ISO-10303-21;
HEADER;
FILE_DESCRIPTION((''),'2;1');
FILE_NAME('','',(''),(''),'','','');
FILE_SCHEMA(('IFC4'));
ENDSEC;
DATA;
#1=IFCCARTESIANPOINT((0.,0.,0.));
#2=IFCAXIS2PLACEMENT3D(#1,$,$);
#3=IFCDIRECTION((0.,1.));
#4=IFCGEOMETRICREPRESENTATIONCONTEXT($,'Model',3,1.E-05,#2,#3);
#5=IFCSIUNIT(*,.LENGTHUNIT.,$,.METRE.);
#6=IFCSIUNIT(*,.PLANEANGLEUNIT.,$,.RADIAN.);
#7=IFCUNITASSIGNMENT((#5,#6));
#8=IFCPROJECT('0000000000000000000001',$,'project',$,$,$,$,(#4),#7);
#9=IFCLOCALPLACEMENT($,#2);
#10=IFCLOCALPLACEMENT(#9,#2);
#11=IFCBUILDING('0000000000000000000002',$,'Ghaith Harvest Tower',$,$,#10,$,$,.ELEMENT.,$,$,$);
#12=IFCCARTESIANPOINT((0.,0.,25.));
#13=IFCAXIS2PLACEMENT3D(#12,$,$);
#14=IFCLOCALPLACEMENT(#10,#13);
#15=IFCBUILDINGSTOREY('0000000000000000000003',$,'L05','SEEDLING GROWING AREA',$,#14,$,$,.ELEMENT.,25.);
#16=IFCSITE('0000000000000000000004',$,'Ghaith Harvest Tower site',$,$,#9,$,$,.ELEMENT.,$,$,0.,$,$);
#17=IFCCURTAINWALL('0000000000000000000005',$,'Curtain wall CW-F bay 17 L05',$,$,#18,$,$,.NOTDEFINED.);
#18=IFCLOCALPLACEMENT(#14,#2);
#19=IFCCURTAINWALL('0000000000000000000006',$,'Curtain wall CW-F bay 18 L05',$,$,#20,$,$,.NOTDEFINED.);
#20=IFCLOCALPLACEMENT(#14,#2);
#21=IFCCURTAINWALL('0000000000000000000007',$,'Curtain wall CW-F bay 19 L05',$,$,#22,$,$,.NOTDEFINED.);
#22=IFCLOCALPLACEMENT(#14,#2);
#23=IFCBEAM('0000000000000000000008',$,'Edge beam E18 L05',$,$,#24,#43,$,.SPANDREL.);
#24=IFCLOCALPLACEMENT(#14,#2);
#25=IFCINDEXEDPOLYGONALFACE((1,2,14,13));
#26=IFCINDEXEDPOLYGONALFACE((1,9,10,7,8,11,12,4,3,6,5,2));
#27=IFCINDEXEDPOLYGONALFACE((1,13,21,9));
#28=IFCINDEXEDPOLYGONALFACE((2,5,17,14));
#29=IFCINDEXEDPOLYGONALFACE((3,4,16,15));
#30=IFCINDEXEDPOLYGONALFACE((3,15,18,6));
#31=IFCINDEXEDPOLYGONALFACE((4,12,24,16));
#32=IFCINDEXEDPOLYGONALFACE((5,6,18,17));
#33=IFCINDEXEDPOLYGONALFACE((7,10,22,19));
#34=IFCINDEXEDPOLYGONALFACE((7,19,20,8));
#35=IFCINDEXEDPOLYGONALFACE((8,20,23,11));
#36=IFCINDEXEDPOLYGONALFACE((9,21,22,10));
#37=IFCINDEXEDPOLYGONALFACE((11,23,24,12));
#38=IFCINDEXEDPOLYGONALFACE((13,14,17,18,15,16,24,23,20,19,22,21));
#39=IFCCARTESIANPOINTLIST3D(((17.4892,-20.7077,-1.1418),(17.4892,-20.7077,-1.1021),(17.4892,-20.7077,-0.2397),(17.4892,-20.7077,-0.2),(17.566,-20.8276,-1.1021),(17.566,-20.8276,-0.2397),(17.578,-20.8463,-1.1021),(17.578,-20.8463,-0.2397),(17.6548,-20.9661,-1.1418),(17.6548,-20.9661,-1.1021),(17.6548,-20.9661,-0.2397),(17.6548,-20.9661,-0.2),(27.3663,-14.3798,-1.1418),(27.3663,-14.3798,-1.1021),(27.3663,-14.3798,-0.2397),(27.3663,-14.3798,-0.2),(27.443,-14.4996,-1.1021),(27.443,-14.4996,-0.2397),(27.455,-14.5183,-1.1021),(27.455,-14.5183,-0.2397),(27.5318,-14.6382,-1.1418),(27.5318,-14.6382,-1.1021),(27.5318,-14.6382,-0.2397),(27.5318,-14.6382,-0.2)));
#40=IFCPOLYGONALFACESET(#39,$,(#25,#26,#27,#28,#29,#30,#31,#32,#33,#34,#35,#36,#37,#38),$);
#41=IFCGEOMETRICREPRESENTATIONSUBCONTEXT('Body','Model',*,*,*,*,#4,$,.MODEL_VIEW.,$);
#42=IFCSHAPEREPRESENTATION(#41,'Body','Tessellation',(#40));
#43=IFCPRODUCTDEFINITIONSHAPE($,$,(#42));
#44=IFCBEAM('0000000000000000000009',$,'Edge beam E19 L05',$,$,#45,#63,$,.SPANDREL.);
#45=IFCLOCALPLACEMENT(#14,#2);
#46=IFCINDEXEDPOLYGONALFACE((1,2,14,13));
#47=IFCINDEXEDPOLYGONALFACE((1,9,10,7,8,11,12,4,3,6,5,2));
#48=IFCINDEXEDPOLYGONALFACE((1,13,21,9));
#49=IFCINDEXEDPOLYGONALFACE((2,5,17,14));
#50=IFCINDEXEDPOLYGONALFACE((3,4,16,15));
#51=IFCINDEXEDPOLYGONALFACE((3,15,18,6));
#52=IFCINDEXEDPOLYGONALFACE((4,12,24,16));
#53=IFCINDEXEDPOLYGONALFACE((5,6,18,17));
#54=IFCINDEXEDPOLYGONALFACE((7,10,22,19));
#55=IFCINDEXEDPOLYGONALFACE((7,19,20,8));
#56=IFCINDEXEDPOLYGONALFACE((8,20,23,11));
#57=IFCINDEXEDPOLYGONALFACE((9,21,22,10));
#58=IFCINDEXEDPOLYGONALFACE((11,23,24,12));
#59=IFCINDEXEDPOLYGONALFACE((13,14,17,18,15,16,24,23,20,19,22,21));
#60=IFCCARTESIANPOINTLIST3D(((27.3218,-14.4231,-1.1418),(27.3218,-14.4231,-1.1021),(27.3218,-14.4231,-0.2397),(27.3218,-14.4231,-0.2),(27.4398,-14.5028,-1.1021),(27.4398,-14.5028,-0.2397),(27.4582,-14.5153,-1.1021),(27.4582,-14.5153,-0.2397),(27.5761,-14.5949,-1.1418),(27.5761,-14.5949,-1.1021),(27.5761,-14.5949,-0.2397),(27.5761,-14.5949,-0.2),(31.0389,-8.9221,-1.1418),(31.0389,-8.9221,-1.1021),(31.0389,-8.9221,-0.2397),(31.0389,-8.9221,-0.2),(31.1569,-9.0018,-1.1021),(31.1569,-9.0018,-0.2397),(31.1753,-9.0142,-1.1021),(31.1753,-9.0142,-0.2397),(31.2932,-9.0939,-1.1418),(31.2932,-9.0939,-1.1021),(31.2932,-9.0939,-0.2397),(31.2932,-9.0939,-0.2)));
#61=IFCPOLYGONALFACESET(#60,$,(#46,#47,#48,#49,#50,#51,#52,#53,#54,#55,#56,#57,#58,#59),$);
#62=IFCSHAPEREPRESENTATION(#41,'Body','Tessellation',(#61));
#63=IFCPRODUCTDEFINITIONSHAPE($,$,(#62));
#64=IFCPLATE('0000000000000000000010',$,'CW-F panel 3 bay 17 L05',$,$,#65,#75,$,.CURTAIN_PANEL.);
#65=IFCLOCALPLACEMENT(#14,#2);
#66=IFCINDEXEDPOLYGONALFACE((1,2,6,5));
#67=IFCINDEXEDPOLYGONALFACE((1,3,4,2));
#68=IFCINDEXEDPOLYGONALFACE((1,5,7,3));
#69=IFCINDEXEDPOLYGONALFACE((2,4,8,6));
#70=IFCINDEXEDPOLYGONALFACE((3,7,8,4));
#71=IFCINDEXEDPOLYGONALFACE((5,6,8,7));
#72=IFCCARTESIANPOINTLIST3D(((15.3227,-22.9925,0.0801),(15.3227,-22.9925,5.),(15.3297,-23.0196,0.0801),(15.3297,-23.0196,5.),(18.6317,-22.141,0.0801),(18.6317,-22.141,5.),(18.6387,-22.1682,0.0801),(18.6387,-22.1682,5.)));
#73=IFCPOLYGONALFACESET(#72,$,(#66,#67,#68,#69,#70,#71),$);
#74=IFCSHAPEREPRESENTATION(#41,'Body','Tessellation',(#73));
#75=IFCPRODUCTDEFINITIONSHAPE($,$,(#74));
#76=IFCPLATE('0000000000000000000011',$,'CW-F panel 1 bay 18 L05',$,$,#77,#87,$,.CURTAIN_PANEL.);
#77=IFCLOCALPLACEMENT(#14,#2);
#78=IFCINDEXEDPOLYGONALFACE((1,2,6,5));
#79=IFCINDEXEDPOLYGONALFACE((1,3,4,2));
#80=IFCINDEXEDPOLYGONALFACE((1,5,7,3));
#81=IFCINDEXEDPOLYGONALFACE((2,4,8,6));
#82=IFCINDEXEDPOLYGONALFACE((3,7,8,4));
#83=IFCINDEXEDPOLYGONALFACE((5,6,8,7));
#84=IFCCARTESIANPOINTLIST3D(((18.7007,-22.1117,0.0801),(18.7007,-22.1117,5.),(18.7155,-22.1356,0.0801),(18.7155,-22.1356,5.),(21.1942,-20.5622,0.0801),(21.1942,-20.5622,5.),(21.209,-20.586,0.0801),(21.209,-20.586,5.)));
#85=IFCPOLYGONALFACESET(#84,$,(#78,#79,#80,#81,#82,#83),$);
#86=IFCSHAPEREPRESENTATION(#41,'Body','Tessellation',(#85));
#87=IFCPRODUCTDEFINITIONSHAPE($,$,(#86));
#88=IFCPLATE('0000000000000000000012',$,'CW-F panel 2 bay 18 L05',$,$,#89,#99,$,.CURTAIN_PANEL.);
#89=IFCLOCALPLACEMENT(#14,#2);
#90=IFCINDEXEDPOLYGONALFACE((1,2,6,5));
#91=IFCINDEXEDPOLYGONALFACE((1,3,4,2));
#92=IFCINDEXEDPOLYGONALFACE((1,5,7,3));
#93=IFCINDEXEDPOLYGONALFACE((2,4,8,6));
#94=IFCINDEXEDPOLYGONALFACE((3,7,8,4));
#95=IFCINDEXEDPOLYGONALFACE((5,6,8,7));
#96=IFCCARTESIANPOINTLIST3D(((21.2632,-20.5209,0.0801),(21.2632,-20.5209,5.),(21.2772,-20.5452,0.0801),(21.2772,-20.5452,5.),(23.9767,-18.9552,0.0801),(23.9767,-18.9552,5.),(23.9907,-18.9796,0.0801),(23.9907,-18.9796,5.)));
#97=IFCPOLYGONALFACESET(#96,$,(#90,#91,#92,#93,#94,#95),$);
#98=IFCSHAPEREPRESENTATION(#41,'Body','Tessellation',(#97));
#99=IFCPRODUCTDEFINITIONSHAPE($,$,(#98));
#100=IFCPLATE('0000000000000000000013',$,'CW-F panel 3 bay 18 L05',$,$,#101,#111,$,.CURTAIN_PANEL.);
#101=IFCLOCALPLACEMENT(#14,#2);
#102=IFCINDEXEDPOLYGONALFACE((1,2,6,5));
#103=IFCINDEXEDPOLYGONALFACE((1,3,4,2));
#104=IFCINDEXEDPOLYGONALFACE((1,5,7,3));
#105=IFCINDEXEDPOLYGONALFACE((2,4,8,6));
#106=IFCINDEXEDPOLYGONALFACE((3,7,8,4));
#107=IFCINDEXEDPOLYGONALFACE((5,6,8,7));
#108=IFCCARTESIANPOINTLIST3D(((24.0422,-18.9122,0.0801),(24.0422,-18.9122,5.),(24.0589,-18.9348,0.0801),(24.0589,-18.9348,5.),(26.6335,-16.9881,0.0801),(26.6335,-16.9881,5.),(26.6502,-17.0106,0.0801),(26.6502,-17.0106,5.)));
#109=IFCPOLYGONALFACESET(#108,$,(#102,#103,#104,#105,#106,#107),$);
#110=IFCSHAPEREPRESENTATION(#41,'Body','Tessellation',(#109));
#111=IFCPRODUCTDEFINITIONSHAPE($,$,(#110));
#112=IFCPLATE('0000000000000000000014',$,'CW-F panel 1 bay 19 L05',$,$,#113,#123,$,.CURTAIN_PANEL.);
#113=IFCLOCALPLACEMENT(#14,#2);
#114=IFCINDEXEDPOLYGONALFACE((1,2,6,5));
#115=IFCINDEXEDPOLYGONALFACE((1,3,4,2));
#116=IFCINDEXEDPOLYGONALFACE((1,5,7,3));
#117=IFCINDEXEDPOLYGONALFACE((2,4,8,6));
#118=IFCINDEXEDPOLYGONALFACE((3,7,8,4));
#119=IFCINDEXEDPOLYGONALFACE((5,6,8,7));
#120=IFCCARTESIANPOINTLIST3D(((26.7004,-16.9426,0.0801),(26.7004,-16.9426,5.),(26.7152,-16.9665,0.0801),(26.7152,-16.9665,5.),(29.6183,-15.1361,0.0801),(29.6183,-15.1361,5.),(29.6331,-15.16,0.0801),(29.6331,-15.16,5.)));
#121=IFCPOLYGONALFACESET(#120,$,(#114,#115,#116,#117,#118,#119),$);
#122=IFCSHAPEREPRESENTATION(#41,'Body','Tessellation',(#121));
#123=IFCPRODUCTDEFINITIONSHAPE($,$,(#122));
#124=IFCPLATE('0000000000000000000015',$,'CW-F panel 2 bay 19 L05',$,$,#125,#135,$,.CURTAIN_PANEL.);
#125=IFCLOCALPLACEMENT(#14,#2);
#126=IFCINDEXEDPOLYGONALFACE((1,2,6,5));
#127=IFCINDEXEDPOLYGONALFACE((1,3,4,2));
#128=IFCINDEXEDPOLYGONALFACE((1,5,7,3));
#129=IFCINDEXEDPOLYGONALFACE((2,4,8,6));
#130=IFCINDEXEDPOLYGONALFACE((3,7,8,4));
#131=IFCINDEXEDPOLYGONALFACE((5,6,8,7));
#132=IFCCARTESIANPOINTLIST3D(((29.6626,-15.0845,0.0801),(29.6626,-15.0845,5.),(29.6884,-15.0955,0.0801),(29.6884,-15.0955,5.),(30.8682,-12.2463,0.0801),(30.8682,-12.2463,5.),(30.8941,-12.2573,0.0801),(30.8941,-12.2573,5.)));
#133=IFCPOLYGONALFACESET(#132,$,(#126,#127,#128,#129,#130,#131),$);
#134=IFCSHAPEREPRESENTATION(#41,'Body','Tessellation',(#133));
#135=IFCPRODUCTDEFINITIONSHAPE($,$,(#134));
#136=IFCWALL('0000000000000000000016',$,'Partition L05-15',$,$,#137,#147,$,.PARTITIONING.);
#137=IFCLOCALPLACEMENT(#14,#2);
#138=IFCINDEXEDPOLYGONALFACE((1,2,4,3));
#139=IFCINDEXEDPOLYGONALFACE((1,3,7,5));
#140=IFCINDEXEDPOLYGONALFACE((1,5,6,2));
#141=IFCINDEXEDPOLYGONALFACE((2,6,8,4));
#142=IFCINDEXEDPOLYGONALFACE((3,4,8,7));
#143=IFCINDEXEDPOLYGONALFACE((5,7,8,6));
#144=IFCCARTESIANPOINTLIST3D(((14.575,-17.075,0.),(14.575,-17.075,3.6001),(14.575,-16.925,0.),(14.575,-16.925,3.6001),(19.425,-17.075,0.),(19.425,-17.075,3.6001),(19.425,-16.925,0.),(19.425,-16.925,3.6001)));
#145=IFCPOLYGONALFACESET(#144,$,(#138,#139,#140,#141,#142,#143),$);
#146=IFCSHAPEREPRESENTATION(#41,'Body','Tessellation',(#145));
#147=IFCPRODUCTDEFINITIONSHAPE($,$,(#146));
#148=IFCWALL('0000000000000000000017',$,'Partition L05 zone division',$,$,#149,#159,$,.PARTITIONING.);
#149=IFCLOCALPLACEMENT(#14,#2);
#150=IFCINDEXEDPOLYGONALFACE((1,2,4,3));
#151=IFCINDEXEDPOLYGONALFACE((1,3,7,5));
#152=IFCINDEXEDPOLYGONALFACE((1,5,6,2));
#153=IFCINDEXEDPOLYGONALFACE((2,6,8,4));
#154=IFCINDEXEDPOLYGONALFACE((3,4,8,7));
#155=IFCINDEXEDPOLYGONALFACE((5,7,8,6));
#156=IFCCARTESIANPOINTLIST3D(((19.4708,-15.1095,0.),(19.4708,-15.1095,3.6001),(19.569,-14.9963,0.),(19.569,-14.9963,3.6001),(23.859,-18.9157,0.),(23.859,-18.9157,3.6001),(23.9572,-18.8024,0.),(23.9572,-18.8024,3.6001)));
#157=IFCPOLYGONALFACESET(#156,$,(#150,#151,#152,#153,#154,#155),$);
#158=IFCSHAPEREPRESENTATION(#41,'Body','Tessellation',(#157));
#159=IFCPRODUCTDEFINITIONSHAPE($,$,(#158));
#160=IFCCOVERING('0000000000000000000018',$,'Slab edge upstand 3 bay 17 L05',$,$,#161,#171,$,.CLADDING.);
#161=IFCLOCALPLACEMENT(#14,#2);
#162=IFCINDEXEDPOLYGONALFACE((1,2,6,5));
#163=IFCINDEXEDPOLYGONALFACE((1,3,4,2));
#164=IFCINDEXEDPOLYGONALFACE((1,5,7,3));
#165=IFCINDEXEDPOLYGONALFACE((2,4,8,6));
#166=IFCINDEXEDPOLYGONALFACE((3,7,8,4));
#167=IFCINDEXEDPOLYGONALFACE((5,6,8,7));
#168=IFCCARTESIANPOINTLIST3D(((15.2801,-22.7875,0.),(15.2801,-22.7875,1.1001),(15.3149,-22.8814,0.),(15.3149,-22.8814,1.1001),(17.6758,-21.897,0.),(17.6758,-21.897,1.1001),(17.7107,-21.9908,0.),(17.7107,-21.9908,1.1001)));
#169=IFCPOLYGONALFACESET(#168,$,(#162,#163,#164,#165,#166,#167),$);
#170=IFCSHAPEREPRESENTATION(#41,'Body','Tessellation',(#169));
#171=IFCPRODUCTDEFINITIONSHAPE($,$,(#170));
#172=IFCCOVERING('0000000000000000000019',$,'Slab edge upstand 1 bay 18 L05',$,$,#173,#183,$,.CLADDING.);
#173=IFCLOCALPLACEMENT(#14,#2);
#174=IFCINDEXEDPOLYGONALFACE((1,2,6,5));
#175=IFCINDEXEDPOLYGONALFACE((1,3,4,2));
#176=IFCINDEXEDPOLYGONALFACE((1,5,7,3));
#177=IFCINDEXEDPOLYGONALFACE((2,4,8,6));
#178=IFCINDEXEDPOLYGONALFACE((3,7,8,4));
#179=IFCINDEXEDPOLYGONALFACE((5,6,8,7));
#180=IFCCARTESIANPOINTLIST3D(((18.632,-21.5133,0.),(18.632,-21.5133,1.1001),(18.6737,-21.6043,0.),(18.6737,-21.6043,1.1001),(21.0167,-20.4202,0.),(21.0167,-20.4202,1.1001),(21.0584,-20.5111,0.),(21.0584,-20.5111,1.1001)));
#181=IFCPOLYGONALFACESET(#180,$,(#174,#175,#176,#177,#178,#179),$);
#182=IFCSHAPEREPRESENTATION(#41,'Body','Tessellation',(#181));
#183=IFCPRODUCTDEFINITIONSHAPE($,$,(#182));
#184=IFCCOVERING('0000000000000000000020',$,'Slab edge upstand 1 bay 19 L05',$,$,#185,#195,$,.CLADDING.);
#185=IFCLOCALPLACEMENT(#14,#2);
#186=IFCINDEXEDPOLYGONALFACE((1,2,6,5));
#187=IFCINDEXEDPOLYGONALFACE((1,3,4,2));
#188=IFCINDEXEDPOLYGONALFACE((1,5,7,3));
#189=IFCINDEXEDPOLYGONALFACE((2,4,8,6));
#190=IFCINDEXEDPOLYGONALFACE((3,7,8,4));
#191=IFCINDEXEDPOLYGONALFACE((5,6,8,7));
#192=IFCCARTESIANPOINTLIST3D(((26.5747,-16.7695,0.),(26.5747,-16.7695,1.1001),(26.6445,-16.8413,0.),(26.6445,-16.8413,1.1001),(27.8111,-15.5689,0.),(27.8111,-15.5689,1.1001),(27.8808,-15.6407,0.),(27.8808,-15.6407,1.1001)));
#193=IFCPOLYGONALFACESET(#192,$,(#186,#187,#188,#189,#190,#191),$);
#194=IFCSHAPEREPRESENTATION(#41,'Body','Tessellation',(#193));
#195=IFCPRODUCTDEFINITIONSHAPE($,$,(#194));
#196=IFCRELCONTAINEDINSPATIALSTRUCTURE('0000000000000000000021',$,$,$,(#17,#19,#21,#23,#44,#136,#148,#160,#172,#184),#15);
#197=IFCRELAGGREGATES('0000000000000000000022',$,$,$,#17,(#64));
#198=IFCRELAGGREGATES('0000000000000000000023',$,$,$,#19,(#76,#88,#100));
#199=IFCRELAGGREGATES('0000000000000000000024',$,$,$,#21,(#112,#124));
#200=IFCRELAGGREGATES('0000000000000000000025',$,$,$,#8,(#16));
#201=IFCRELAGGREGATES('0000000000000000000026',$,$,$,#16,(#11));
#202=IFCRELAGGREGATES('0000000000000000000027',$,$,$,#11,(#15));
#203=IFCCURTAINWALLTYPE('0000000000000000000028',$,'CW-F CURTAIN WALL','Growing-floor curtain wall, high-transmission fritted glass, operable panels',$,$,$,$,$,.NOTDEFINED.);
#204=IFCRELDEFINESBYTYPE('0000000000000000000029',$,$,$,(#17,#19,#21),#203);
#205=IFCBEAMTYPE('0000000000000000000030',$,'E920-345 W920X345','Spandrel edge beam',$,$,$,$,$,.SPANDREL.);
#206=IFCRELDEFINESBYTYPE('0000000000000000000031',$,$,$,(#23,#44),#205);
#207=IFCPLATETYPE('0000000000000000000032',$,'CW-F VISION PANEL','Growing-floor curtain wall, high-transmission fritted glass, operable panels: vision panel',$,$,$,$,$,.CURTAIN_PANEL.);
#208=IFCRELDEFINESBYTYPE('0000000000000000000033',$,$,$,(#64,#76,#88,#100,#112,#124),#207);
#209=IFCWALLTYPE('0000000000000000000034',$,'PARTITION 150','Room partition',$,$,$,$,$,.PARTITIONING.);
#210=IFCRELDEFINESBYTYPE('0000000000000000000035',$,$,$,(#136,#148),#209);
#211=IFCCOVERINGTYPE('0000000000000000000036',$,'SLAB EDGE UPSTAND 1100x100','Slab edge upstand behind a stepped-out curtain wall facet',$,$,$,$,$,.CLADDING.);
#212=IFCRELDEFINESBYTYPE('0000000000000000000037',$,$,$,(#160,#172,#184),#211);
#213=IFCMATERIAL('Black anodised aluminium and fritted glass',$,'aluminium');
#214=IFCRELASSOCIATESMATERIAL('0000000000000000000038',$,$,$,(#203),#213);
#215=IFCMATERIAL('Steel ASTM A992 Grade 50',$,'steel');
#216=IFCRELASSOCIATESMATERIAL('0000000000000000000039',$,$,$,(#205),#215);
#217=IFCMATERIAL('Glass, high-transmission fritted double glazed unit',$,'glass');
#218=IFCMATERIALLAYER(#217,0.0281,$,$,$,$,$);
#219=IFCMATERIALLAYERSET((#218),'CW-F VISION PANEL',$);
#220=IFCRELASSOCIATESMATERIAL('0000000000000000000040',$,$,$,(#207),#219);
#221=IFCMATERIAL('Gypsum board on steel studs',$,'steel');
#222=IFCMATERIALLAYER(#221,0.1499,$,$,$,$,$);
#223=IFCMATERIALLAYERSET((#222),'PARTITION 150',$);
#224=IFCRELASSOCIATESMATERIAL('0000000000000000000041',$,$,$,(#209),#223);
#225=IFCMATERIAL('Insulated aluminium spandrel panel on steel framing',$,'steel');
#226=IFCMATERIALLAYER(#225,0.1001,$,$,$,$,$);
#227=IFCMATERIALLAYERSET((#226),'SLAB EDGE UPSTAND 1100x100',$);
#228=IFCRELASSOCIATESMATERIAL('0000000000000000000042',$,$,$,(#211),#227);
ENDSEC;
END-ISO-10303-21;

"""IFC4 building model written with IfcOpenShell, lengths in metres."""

from ifc_helpers import new_model, si_unit, direction, frame, frame_2d, origin, origin_2d, place, context, subcontext, project, spatial, rectangle, i_section, extrude, material, layer, layer_set, material_profile, profile_set, type_object, element, aggregate, save


model = new_model("IFC4")

# Units and contexts
model_context = context("Model", 3, precision=1e-05, world=origin(), true_north=direction((0.0, 1.0)))
body_context = subcontext(model_context, "Body", "Model", "MODEL_VIEW")
ifc_project = project(units=[si_unit("LENGTHUNIT", "METRE"), si_unit("PLANEANGLEUNIT", "RADIAN")], contexts=[model_context])

# Site, building, storey
site_placement = place(None, origin())
site = spatial("IfcSite", under=ifc_project, at=site_placement, Name="Ghaith Harvest Tower site", CompositionType="ELEMENT", RefElevation=0.0)
building_placement = place(site_placement, origin())
building = spatial("IfcBuilding", under=site, at=building_placement, Name="Ghaith Harvest Tower", CompositionType="ELEMENT")
storey_placement = place(building_placement, frame((0.0, 0.0, 25.0)))
storey = spatial("IfcBuildingStorey", under=building, at=storey_placement, Name="L05", Description="SEEDLING GROWING AREA", CompositionType="ELEMENT", Elevation=25.0)

# Curtain wall
ifc_material_1 = material(Name="Black anodised aluminium and fritted glass", Category="aluminium")
curtain_wall_type = type_object("IfcCurtainWallType", Name="CW-F CURTAIN WALL", Description="Growing-floor curtain wall, high-transmission fritted glass, operable panels", PredefinedType="NOTDEFINED", material=ifc_material_1)
curtain_wall_1_placement = place(storey_placement, origin())
curtain_wall_1 = element("IfcCurtainWall", 1, at=curtain_wall_1_placement, inside=storey, type_object=curtain_wall_type, Name="Curtain wall CW-F bay 17 L05", PredefinedType="NOTDEFINED")

# Curtain walls
curtain_wall_2_placement = place(storey_placement, origin())
curtain_wall_2 = element("IfcCurtainWall", 2, at=curtain_wall_2_placement, inside=storey, type_object=curtain_wall_type, Name="Curtain wall CW-F bay 18 L05", PredefinedType="NOTDEFINED")
curtain_wall_3_placement = place(storey_placement, origin())
curtain_wall_3 = element("IfcCurtainWall", 3, at=curtain_wall_3_placement, inside=storey, type_object=curtain_wall_type, Name="Curtain wall CW-F bay 19 L05", PredefinedType="NOTDEFINED")

# Beams
ifc_material_2 = material(Name="Steel ASTM A992 Grade 50", Category="steel")
ifc_material_profile_1 = material_profile(ifc_material_2, i_section(OverallWidth=0.3069, OverallDepth=0.9419, WebThickness=0.0222, FlangeThickness=0.0398, at=origin_2d()), Name="W920X345")
ifc_profile_set_1 = profile_set([ifc_material_profile_1], Name="Steel ASTM A992 Grade 50")
beam_type = type_object("IfcBeamType", Name="E920-345 W920X345", Description="Spandrel edge beam", PredefinedType="SPANDREL", material=ifc_profile_set_1)
beam_1_placement = place(storey_placement, frame((17.572, -20.8369, -0.6709), z_axis=(0.842015, 0.539455, 0.0), x_axis=(-0.539455, 0.842015, 0.0)))
element("IfcBeam", 4, at=beam_1_placement, inside=storey, type_object=beam_type, Name="Edge beam E18 L05", PredefinedType="SPANDREL", context=body_context, shape_type="SweptSolid", body=[
    extrude(i_section(OverallWidth=0.3069, OverallDepth=0.9419, WebThickness=0.0222, FlangeThickness=0.0398, at=origin_2d()), origin(), (0.0, 0.0, 1.0), 11.7302),
])
beam_2_placement = place(storey_placement, frame((27.449, -14.509, -0.6709), z_axis=(0.559874, 0.828577, 0.0), x_axis=(-0.828577, 0.559874, 0.0)))
element("IfcBeam", 5, at=beam_2_placement, inside=storey, type_object=beam_type, Name="Edge beam E19 L05", PredefinedType="SPANDREL", context=body_context, shape_type="SweptSolid", body=[
    extrude(i_section(OverallWidth=0.3069, OverallDepth=0.9419, WebThickness=0.0222, FlangeThickness=0.0398, at=origin_2d()), origin(), (0.0, 0.0, 1.0), 6.6392),
])

# Plates
ifc_material_3 = material(Name="Glass, high-transmission fritted double glazed unit", Category="glass")
ifc_layer_1 = layer(ifc_material_3, 0.0281)
ifc_layer_set_1 = layer_set([ifc_layer_1], Name="CW-F VISION PANEL")
plate_type = type_object("IfcPlateType", Name="CW-F VISION PANEL", Description="Growing-floor curtain wall, high-transmission fritted glass, operable panels: vision panel", PredefinedType="CURTAIN_PANEL", material=ifc_layer_set_1)
plate_1_placement = place(storey_placement, frame((16.9807, -22.5803, 0.0801), z_axis=(0.0, 0.0, 1.0), x_axis=(0.968451, 0.249202, 0.0)))
plate_1 = element("IfcPlate", 6, at=plate_1_placement, type_object=plate_type, Name="CW-F panel 3 bay 17 L05", PredefinedType="CURTAIN_PANEL", context=body_context, shape_type="SweptSolid", body=[
    extrude(rectangle(XDim=3.4167, YDim=0.0281, at=origin_2d()), origin(), (0.0, 0.0, 1.0), 4.9199),
])
aggregate(curtain_wall_1, [plate_1])
plate_2_placement = place(storey_placement, frame((19.9548, -21.3489, 0.0801), z_axis=(0.0, 0.0, 1.0), x_axis=(0.849361, 0.527813, 0.0)))
plate_2 = element("IfcPlate", 7, at=plate_2_placement, type_object=plate_type, Name="CW-F panel 1 bay 18 L05", PredefinedType="CURTAIN_PANEL", context=body_context, shape_type="SweptSolid", body=[
    extrude(rectangle(XDim=2.9358, YDim=0.0281, at=origin_2d()), origin(), (0.0, 0.0, 1.0), 4.9199),
])
plate_3_placement = place(storey_placement, frame((22.627, -19.7502, 0.0801), z_axis=(0.0, 0.0, 1.0), x_axis=(0.866159, 0.499768, 0.0)))
plate_3 = element("IfcPlate", 8, at=plate_3_placement, type_object=plate_type, Name="CW-F panel 2 bay 18 L05", PredefinedType="CURTAIN_PANEL", context=body_context, shape_type="SweptSolid", body=[
    extrude(rectangle(XDim=3.1328, YDim=0.0281, at=origin_2d()), origin(), (0.0, 0.0, 1.0), 4.9199),
])
plate_4_placement = place(storey_placement, frame((25.3462, -17.9614, 0.0801), z_axis=(0.0, 0.0, 1.0), x_axis=(0.802867, 0.596158, 0.0)))
plate_4 = element("IfcPlate", 9, at=plate_4_placement, type_object=plate_type, Name="CW-F panel 3 bay 18 L05", PredefinedType="CURTAIN_PANEL", context=body_context, shape_type="SweptSolid", body=[
    extrude(rectangle(XDim=3.2275, YDim=0.0281, at=origin_2d()), origin(), (0.0, 0.0, 1.0), 4.9199),
])
aggregate(curtain_wall_2, [plate_2, plate_3, plate_4])
plate_5_placement = place(storey_placement, frame((28.1667, -16.0513, 0.0801), z_axis=(0.0, 0.0, 1.0), x_axis=(0.850246, 0.526386, 0.0)))
plate_5 = element("IfcPlate", 10, at=plate_5_placement, type_object=plate_type, Name="CW-F panel 1 bay 19 L05", PredefinedType="CURTAIN_PANEL", context=body_context, shape_type="SweptSolid", body=[
    extrude(rectangle(XDim=3.4319, YDim=0.0281, at=origin_2d()), origin(), (0.0, 0.0, 1.0), 4.9199),
])
plate_6_placement = place(storey_placement, frame((30.2783, -13.6709, 0.0801), z_axis=(0.0, 0.0, 1.0), x_axis=(0.39098, 0.920399, 0.0)))
plate_6 = element("IfcPlate", 11, at=plate_6_placement, type_object=plate_type, Name="CW-F panel 2 bay 19 L05", PredefinedType="CURTAIN_PANEL", context=body_context, shape_type="SweptSolid", body=[
    extrude(rectangle(XDim=3.0837, YDim=0.0281, at=origin_2d()), origin(), (0.0, 0.0, 1.0), 4.9199),
])
aggregate(curtain_wall_3, [plate_5, plate_6])

# Walls
ifc_material_4 = material(Name="Gypsum board on steel studs", Category="steel")
ifc_layer_2 = layer(ifc_material_4, 0.1499)
ifc_layer_set_2 = layer_set([ifc_layer_2], Name="PARTITION 150")
wall_type = type_object("IfcWallType", Name="PARTITION 150", Description="Room partition", PredefinedType="PARTITIONING", material=ifc_layer_set_2)
wall_1_placement = place(storey_placement, frame((14.575, -17.0, 0.0), z_axis=(0.0, 0.0, 1.0), x_axis=(1.0, 0.0, 0.0)))
element("IfcWall", 12, at=wall_1_placement, inside=storey, type_object=wall_type, Name="Partition L05-15", PredefinedType="PARTITIONING", context=body_context, shape_type="SweptSolid", body=[
    extrude(rectangle(XDim=4.8501, YDim=0.1499, at=frame_2d((2.425, 0.0))), origin(), (0.0, 0.0, 1.0), 3.6001),
])
wall_2_placement = place(storey_placement, frame((19.52, -15.053, 0.0), z_axis=(0.0, 0.0, 1.0), x_axis=(0.755428, -0.655231, 0.0)))
element("IfcWall", 13, at=wall_2_placement, inside=storey, type_object=wall_type, Name="Partition L05 zone division", PredefinedType="PARTITIONING", context=body_context, shape_type="SweptSolid", body=[
    extrude(rectangle(XDim=5.8088, YDim=0.1499, at=frame_2d((2.9043, 0.0))), origin(), (0.0, 0.0, 1.0), 3.6001),
])

# Coverings
ifc_material_5 = material(Name="Insulated aluminium spandrel panel on steel framing", Category="steel")
ifc_layer_3 = layer(ifc_material_5, 0.1001)
ifc_layer_set_3 = layer_set([ifc_layer_3], Name="SLAB EDGE UPSTAND 1100x100")
covering_type = type_object("IfcCoveringType", Name="SLAB EDGE UPSTAND 1100x100", Description="Slab edge upstand behind a stepped-out curtain wall facet", PredefinedType="CLADDING", material=ifc_layer_set_3)
covering_1_placement = place(storey_placement, frame((16.4954, -22.3892, 0.0), z_axis=(0.0, 0.0, 1.0), x_axis=(0.937332, 0.348438, 0.0)))
element("IfcCovering", 14, at=covering_1_placement, inside=storey, type_object=covering_type, Name="Slab edge upstand 3 bay 17 L05", PredefinedType="CLADDING", context=body_context, shape_type="SweptSolid", body=[
    extrude(rectangle(XDim=2.5559, YDim=0.1001, at=origin_2d()), origin(), (0.0, 0.0, 1.0), 1.1001),
])
covering_2_placement = place(storey_placement, frame((19.8452, -21.0122, 0.0), z_axis=(0.0, 0.0, 1.0), x_axis=(0.909046, 0.416696, 0.0)))
element("IfcCovering", 15, at=covering_2_placement, inside=storey, type_object=covering_type, Name="Slab edge upstand 1 bay 18 L05", PredefinedType="CLADDING", context=body_context, shape_type="SweptSolid", body=[
    extrude(rectangle(XDim=2.6233, YDim=0.1001, at=origin_2d()), origin(), (0.0, 0.0, 1.0), 1.1001),
])
covering_3_placement = place(storey_placement, frame((27.2278, -16.2051, 0.0), z_axis=(0.0, 0.0, 1.0), x_axis=(0.717386, 0.696675, 0.0)))
element("IfcCovering", 16, at=covering_3_placement, inside=storey, type_object=covering_type, Name="Slab edge upstand 1 bay 19 L05", PredefinedType="CLADDING", context=body_context, shape_type="SweptSolid", body=[
    extrude(rectangle(XDim=1.7234, YDim=0.1001, at=origin_2d()), origin(), (0.0, 0.0, 1.0), 1.1001),
])

save(model, "model.ifc")
